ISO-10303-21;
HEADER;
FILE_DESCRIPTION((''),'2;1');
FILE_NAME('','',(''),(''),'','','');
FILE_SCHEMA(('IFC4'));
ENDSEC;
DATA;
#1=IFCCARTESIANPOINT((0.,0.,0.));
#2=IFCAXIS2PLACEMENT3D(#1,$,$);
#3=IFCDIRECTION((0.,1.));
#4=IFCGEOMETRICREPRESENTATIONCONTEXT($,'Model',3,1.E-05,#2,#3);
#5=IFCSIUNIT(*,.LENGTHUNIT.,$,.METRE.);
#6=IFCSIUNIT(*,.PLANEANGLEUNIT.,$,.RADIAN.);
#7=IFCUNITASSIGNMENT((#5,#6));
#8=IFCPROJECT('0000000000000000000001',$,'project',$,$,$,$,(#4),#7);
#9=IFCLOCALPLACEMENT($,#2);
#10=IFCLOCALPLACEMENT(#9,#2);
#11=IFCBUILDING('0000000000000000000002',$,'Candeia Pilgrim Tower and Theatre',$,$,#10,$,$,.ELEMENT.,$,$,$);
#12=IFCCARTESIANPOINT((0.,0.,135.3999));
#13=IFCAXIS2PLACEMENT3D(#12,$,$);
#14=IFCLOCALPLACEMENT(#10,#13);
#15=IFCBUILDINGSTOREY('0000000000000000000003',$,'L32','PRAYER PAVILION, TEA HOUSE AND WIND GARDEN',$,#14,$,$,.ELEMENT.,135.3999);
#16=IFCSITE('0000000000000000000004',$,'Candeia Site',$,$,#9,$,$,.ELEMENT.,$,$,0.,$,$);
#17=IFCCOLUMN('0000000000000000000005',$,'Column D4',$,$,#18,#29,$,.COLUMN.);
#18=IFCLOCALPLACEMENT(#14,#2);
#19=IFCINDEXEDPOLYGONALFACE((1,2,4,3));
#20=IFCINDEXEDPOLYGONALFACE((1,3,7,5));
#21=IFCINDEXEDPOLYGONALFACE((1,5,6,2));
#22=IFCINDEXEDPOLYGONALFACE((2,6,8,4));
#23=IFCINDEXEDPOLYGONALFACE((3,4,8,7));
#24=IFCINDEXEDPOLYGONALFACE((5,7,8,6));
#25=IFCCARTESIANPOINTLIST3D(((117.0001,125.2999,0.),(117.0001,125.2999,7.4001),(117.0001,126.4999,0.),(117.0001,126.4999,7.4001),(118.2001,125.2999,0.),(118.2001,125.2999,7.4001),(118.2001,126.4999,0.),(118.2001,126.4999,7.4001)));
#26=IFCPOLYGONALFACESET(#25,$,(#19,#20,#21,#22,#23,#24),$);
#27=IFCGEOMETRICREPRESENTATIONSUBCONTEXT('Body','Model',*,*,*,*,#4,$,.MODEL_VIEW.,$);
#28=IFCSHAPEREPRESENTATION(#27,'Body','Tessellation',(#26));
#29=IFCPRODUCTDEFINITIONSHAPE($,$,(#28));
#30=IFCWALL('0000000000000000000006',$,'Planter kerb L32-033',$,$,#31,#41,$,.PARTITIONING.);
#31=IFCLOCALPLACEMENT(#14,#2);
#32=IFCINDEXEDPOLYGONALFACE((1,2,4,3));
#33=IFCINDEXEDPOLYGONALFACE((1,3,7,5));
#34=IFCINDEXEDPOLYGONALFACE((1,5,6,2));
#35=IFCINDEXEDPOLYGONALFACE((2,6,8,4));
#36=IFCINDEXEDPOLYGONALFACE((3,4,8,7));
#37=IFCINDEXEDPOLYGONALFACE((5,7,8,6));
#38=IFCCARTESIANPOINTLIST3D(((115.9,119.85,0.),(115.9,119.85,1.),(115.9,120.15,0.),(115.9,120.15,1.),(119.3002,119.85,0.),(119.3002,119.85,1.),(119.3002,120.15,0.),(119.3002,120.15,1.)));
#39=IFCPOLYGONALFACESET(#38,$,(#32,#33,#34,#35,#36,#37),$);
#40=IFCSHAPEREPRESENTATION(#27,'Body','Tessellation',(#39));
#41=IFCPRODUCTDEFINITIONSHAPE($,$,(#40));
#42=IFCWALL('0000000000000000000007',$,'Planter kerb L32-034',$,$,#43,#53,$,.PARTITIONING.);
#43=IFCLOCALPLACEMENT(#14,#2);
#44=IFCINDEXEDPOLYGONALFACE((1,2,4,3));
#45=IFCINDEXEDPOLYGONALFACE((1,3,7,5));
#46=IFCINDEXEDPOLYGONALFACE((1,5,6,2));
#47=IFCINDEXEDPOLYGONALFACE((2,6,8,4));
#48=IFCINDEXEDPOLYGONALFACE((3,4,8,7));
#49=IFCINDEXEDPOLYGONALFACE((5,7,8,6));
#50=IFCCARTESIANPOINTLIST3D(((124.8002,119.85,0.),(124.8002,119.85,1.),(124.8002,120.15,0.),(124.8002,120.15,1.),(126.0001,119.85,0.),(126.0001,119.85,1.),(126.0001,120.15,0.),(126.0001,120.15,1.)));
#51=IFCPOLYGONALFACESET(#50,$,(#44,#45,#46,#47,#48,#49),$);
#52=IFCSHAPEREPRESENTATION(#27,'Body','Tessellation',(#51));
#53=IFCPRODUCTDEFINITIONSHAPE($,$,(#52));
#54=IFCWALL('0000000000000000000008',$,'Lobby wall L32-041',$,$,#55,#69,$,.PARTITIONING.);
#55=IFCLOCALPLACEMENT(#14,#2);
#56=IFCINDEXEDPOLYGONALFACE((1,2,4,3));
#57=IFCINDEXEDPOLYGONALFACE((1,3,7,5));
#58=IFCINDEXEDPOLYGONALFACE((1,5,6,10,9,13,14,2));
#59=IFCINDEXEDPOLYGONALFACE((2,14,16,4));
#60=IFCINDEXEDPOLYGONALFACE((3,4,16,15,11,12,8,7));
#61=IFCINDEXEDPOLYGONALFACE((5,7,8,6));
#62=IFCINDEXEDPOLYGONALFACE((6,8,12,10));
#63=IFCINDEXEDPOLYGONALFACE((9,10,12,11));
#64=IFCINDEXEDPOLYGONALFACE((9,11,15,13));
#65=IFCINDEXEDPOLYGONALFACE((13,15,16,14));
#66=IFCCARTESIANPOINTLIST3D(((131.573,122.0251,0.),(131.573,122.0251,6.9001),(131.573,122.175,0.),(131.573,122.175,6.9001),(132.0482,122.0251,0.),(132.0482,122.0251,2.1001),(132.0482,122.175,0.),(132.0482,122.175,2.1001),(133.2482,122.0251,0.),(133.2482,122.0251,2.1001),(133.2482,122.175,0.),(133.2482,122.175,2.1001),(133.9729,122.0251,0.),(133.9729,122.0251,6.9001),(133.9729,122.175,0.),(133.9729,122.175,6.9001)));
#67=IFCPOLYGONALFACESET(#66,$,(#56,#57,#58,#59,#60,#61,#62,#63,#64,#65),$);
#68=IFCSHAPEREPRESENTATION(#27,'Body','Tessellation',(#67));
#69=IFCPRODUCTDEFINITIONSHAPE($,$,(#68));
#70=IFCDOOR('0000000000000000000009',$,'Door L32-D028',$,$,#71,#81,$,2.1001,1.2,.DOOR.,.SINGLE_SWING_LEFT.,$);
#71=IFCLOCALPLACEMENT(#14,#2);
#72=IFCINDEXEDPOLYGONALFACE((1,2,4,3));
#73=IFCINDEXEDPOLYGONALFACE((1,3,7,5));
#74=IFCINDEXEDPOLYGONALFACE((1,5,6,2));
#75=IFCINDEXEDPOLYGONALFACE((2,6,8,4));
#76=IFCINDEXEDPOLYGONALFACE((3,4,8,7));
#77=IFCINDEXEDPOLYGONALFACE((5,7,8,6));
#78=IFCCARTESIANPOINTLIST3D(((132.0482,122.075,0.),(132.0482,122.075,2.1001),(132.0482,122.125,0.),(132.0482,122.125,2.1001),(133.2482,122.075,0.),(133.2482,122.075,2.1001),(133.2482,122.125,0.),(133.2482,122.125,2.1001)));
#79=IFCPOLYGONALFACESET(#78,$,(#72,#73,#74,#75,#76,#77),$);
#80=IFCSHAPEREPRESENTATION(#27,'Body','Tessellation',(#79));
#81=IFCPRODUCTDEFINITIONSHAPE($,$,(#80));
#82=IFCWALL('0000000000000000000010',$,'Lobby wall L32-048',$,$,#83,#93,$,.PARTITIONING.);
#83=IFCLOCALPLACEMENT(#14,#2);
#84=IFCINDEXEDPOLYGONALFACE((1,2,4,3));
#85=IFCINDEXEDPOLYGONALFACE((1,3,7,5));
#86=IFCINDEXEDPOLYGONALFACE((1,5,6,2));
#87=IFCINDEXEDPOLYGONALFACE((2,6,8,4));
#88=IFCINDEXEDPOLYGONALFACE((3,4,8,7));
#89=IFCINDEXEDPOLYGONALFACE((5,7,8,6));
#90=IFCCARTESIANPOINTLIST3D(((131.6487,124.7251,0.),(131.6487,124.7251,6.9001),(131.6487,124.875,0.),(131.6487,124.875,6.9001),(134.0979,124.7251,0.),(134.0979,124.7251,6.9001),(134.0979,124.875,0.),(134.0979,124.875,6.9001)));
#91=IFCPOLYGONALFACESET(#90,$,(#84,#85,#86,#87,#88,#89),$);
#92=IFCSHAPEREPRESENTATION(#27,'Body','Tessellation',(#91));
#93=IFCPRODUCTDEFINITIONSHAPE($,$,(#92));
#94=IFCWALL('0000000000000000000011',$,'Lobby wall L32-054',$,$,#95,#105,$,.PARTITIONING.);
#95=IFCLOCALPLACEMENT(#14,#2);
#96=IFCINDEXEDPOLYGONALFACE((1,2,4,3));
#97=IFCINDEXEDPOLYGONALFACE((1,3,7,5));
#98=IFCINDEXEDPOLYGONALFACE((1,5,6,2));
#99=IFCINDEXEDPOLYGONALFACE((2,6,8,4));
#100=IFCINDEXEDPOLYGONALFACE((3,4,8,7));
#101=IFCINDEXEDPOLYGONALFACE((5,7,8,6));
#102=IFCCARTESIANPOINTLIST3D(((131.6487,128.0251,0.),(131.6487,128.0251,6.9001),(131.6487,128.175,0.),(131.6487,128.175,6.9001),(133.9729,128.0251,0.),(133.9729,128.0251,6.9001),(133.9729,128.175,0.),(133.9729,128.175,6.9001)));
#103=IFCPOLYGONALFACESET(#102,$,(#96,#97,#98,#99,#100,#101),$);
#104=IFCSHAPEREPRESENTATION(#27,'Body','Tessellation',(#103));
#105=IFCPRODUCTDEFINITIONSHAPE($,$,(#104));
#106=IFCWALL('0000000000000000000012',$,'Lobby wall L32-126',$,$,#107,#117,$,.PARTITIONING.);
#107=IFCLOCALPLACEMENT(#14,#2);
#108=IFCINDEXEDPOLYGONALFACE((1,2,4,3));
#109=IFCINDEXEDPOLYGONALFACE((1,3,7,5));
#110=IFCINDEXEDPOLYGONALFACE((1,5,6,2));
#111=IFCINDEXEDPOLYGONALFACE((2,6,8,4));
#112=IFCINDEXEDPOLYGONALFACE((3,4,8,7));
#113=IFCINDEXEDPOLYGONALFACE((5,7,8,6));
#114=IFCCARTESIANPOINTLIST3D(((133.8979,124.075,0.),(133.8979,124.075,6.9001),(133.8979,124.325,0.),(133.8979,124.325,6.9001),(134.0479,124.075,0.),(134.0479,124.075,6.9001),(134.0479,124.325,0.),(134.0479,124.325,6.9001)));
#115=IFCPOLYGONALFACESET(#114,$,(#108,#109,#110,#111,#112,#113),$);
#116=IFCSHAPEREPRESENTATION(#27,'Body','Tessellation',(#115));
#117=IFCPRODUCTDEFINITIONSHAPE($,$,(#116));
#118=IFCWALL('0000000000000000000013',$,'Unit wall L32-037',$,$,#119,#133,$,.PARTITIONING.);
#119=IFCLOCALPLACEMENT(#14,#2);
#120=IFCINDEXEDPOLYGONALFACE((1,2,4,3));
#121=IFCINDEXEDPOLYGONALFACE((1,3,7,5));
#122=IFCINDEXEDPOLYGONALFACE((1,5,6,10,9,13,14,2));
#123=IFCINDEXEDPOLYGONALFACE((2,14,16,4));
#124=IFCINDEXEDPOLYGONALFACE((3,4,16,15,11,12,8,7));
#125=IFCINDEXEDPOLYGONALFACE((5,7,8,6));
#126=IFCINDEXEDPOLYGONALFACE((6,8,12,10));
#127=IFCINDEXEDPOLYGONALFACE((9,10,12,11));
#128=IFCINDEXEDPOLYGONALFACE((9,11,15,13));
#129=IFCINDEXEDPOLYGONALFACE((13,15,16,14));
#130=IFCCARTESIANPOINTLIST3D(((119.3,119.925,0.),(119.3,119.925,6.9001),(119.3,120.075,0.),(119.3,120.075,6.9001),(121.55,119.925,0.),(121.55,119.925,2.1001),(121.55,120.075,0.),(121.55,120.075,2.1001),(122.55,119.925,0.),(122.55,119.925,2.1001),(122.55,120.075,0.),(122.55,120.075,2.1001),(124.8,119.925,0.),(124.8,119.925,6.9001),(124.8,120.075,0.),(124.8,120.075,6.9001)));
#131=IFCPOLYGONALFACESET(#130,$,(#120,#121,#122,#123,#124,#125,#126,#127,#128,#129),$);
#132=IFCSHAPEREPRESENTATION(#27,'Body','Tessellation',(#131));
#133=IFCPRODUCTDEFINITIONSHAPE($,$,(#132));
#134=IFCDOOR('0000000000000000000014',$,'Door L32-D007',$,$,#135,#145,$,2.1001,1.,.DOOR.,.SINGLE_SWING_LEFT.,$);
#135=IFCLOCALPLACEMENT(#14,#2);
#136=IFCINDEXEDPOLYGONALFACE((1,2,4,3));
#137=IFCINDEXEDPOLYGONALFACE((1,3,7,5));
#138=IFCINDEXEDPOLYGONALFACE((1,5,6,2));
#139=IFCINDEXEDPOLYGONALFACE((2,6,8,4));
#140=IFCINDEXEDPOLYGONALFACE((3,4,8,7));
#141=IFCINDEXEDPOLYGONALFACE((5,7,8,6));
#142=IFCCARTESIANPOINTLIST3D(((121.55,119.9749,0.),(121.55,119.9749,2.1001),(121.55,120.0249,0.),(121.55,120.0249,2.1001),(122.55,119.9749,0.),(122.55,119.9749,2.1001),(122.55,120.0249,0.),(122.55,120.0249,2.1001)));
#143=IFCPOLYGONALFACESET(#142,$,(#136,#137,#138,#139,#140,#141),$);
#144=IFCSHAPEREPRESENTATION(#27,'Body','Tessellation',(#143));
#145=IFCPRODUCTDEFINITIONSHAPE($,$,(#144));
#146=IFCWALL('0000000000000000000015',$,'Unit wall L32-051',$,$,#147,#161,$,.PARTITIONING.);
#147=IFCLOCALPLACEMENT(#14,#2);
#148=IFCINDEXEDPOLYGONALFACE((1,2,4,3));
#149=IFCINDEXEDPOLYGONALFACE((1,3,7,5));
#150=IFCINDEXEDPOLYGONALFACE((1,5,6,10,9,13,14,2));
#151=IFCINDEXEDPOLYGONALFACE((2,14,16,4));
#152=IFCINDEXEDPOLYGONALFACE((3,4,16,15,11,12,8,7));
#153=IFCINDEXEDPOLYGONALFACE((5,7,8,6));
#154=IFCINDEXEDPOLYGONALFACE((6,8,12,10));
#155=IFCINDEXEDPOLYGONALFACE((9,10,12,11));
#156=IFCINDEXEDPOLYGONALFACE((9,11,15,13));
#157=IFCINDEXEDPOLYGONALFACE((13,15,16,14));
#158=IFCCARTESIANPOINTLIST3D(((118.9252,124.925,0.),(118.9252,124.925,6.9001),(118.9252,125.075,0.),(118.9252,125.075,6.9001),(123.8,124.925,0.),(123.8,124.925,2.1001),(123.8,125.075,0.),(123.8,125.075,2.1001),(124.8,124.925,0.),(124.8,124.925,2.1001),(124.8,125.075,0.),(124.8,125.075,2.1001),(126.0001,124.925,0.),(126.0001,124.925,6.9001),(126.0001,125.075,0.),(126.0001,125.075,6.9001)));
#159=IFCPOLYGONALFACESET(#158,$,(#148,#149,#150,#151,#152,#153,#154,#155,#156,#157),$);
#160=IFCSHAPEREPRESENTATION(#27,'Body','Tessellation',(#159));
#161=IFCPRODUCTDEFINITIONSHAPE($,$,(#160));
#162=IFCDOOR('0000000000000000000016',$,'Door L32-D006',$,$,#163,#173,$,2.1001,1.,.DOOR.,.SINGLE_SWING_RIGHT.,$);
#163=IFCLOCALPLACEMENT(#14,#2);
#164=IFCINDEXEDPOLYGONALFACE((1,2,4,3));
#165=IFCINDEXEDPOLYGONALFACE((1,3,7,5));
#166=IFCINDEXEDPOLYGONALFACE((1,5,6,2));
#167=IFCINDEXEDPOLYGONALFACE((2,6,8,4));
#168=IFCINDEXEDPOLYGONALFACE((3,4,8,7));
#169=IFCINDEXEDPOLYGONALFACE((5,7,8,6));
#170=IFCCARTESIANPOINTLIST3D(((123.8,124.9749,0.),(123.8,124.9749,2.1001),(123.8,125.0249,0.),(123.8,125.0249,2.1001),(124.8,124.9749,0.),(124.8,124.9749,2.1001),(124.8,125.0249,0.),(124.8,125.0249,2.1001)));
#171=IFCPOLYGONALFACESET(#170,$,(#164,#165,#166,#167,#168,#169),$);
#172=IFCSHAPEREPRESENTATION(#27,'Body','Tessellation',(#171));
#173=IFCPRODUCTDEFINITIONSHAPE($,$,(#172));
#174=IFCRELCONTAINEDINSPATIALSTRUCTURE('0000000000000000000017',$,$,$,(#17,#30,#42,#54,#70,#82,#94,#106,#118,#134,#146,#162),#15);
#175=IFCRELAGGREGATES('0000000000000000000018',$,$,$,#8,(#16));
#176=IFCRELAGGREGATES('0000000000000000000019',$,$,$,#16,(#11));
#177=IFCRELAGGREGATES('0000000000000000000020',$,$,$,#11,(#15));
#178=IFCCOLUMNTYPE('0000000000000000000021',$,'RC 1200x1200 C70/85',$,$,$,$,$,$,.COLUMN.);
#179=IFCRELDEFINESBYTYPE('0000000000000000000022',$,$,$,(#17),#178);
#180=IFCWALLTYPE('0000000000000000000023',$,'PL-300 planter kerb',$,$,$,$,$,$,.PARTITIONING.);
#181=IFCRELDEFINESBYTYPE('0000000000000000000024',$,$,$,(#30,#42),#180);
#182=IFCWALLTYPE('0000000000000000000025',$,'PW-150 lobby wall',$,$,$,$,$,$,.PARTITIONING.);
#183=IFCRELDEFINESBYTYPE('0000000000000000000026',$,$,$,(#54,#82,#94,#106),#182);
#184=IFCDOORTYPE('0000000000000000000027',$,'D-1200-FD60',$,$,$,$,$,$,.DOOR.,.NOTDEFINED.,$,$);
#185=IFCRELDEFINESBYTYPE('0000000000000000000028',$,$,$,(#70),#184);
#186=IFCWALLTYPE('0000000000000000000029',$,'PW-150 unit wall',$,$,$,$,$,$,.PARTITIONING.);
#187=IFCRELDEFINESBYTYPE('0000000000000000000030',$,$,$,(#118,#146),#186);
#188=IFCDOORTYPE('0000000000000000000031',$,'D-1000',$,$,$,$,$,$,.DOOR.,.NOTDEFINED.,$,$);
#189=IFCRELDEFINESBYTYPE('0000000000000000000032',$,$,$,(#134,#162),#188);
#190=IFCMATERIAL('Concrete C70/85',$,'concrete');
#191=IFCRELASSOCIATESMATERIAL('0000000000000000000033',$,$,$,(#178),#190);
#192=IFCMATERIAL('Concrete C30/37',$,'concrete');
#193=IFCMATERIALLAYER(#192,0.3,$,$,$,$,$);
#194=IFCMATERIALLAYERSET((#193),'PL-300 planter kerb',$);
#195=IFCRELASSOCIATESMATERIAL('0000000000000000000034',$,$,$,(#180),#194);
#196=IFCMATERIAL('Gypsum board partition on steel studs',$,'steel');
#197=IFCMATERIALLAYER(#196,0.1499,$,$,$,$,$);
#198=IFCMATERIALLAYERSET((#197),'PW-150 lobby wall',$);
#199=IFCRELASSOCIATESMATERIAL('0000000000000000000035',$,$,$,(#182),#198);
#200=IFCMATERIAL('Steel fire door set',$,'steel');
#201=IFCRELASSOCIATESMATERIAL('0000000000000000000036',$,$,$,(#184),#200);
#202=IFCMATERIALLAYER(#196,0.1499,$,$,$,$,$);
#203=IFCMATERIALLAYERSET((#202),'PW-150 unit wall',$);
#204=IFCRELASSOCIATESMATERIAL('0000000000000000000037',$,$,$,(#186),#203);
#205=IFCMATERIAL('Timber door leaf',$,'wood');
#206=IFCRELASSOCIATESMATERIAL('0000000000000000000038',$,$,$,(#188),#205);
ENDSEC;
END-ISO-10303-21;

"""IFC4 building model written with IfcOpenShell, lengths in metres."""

from ifc_helpers import new_model, si_unit, direction, frame, frame_2d, origin, origin_2d, place, context, subcontext, project, spatial, rectangle, extrude, material, layer, layer_set, material_profile, profile_set, type_object, element, fill, save


model = new_model("IFC4")

# Units and contexts
model_context = context("Model", 3, precision=1e-05, world=origin(), true_north=direction((0.0, 1.0)))
body_context = subcontext(model_context, "Body", "Model", "MODEL_VIEW")
ifc_project = project(units=[si_unit("LENGTHUNIT", "METRE"), si_unit("PLANEANGLEUNIT", "RADIAN")], contexts=[model_context])

# Site, building, storey
site_placement = place(None, origin())
site = spatial("IfcSite", under=ifc_project, at=site_placement, Name="Candeia Site", CompositionType="ELEMENT", RefElevation=0.0)
building_placement = place(site_placement, origin())
building = spatial("IfcBuilding", under=site, at=building_placement, Name="Candeia Pilgrim Tower and Theatre", CompositionType="ELEMENT")
storey_placement = place(building_placement, frame((0.0, 0.0, 135.3999)))
storey = spatial("IfcBuildingStorey", under=building, at=storey_placement, Name="L32", Description="PRAYER PAVILION, TEA HOUSE AND WIND GARDEN", CompositionType="ELEMENT", Elevation=135.3999)

# Column
ifc_material_1 = material(Name="Concrete C70/85", Category="concrete")
ifc_material_profile = material_profile(ifc_material_1, rectangle(XDim=1.2, YDim=1.2, at=origin_2d()))
ifc_profile_set = profile_set([ifc_material_profile], Name="Concrete C70/85")
column_type = type_object("IfcColumnType", Name="RC 1200x1200 C70/85", PredefinedType="COLUMN", material=ifc_profile_set)
column_placement = place(storey_placement, frame((117.6001, 125.8999, 0.0), z_axis=(0.0, 0.0, 1.0), x_axis=(1.0, 0.0, 0.0)))
element("IfcColumn", 1, at=column_placement, inside=storey, type_object=column_type, Name="Column D4", PredefinedType="COLUMN", context=body_context, shape_type="SweptSolid", body=[
    extrude(rectangle(XDim=1.2, YDim=1.2, at=origin_2d()), origin(), (0.0, 0.0, 1.0), 7.4001),
])

# Walls
ifc_material_2 = material(Name="Concrete C30/37", Category="concrete")
ifc_layer_1 = layer(ifc_material_2, 0.3)
ifc_layer_set_1 = layer_set([ifc_layer_1], Name="PL-300 planter kerb")
wall_type_1 = type_object("IfcWallType", Name="PL-300 planter kerb", PredefinedType="PARTITIONING", material=ifc_layer_set_1)
wall_1_placement = place(storey_placement, frame((115.8999, 120.0, 0.0), z_axis=(0.0, 0.0, 1.0), x_axis=(1.0, 0.0, 0.0)))
element("IfcWall", 2, at=wall_1_placement, inside=storey, type_object=wall_type_1, Name="Planter kerb L32-033", PredefinedType="PARTITIONING", context=body_context, shape_type="SweptSolid", body=[
    extrude(rectangle(XDim=3.4001, YDim=0.3, at=frame_2d((1.7002, 0.0))), origin(), (0.0, 0.0, 1.0), 1.0),
])
wall_2_placement = place(storey_placement, frame((124.8, 120.0, 0.0), z_axis=(0.0, 0.0, 1.0), x_axis=(1.0, 0.0, 0.0)))
element("IfcWall", 3, at=wall_2_placement, inside=storey, type_object=wall_type_1, Name="Planter kerb L32-034", PredefinedType="PARTITIONING", context=body_context, shape_type="SweptSolid", body=[
    extrude(rectangle(XDim=1.2, YDim=0.3, at=frame_2d((0.6001, 0.0))), origin(), (0.0, 0.0, 1.0), 1.0),
])

# Wall, opening, door
ifc_material_3 = material(Name="Gypsum board partition on steel studs", Category="steel")
ifc_layer_2 = layer(ifc_material_3, 0.1499)
ifc_layer_set_2 = layer_set([ifc_layer_2], Name="PW-150 lobby wall")
wall_type_2 = type_object("IfcWallType", Name="PW-150 lobby wall", PredefinedType="PARTITIONING", material=ifc_layer_set_2)
wall_3_placement = place(storey_placement, frame((131.573, 122.1001, 0.0), z_axis=(0.0, 0.0, 1.0), x_axis=(1.0, 0.0, 0.0)))
wall_3 = element("IfcWall", 4, at=wall_3_placement, inside=storey, type_object=wall_type_2, Name="Lobby wall L32-041", PredefinedType="PARTITIONING", context=body_context, shape_type="SweptSolid", body=[
    extrude(rectangle(XDim=2.3999, YDim=0.1499, at=frame_2d((1.2, 0.0))), origin(), (0.0, 0.0, 1.0), 6.9001),
])
opening_1_placement = place(wall_3_placement, frame((0.4751, 0.0, 0.0)))
opening_1 = element("IfcOpeningElement", 5, at=opening_1_placement, cuts=wall_3, PredefinedType="OPENING", context=body_context, shape_type="SweptSolid", body=[
    extrude(rectangle(XDim=1.2, YDim=2.1001, at=frame_2d((0.6001, 1.05))), frame((0.0, 0.085, 0.0), z_axis=(0.0, -1.0, 0.0), x_axis=(1.0, 0.0, 0.0)), (0.0, 0.0, 1.0), 0.1699),
])
ifc_material_4 = material(Name="Steel fire door set", Category="steel")
door_type_1 = type_object("IfcDoorType", Name="D-1200-FD60", OperationType="NOTDEFINED", PredefinedType="DOOR", material=ifc_material_4)
door_1_placement = place(opening_1_placement, origin())
door_1 = element("IfcDoor", 6, at=door_1_placement, inside=storey, type_object=door_type_1, Name="Door L32-D028", OperationType="SINGLE_SWING_LEFT", OverallHeight=2.1001, OverallWidth=1.2, PredefinedType="DOOR", context=body_context, shape_type="SweptSolid", body=[
    extrude(rectangle(XDim=1.2, YDim=2.1001, at=frame_2d((0.6001, 1.05))), frame((0.0, 0.0249, 0.0), z_axis=(0.0, -1.0, 0.0), x_axis=(1.0, 0.0, 0.0)), (0.0, 0.0, 1.0), 0.05),
])
fill(opening_1, door_1)

# Walls
wall_4_placement = place(storey_placement, frame((131.6487, 124.8, 0.0), z_axis=(0.0, 0.0, 1.0), x_axis=(1.0, 0.0, 0.0)))
element("IfcWall", 7, at=wall_4_placement, inside=storey, type_object=wall_type_2, Name="Lobby wall L32-048", PredefinedType="PARTITIONING", context=body_context, shape_type="SweptSolid", body=[
    extrude(rectangle(XDim=2.4492, YDim=0.1499, at=frame_2d((1.2246, 0.0))), origin(), (0.0, 0.0, 1.0), 6.9001),
])
wall_5_placement = place(storey_placement, frame((131.6487, 128.1001, 0.0), z_axis=(0.0, 0.0, 1.0), x_axis=(1.0, 0.0, 0.0)))
element("IfcWall", 8, at=wall_5_placement, inside=storey, type_object=wall_type_2, Name="Lobby wall L32-054", PredefinedType="PARTITIONING", context=body_context, shape_type="SweptSolid", body=[
    extrude(rectangle(XDim=2.3242, YDim=0.1499, at=frame_2d((1.1621, 0.0))), origin(), (0.0, 0.0, 1.0), 6.9001),
])
wall_6_placement = place(storey_placement, frame((133.9729, 124.075, 0.0), z_axis=(0.0, 0.0, 1.0), x_axis=(0.0, 1.0, 0.0)))
element("IfcWall", 9, at=wall_6_placement, inside=storey, type_object=wall_type_2, Name="Lobby wall L32-126", PredefinedType="PARTITIONING", context=body_context, shape_type="SweptSolid", body=[
    extrude(rectangle(XDim=0.25, YDim=0.1499, at=frame_2d((0.125, 0.0))), origin(), (0.0, 0.0, 1.0), 6.9001),
])

# Walls, openings, doors
ifc_layer_3 = layer(ifc_material_3, 0.1499)
ifc_layer_set_3 = layer_set([ifc_layer_3], Name="PW-150 unit wall")
wall_type_3 = type_object("IfcWallType", Name="PW-150 unit wall", PredefinedType="PARTITIONING", material=ifc_layer_set_3)
wall_7_placement = place(storey_placement, frame((119.3, 120.0, 0.0), z_axis=(0.0, 0.0, 1.0), x_axis=(1.0, 0.0, 0.0)))
wall_7 = element("IfcWall", 10, at=wall_7_placement, inside=storey, type_object=wall_type_3, Name="Unit wall L32-037", PredefinedType="PARTITIONING", context=body_context, shape_type="SweptSolid", body=[
    extrude(rectangle(XDim=5.5, YDim=0.1499, at=frame_2d((2.75, 0.0))), origin(), (0.0, 0.0, 1.0), 6.9001),
])
opening_2_placement = place(wall_7_placement, frame((2.25, 0.0, 0.0)))
opening_2 = element("IfcOpeningElement", 11, at=opening_2_placement, cuts=wall_7, PredefinedType="OPENING", context=body_context, shape_type="SweptSolid", body=[
    extrude(rectangle(XDim=1.0, YDim=2.1001, at=frame_2d((0.5, 1.05))), frame((0.0, 0.085, 0.0), z_axis=(0.0, -1.0, 0.0), x_axis=(1.0, 0.0, 0.0)), (0.0, 0.0, 1.0), 0.1699),
])
ifc_material_5 = material(Name="Timber door leaf", Category="wood")
door_type_2 = type_object("IfcDoorType", Name="D-1000", OperationType="NOTDEFINED", PredefinedType="DOOR", material=ifc_material_5)
door_2_placement = place(opening_2_placement, origin())
door_2 = element("IfcDoor", 12, at=door_2_placement, inside=storey, type_object=door_type_2, Name="Door L32-D007", OperationType="SINGLE_SWING_LEFT", OverallHeight=2.1001, OverallWidth=1.0, PredefinedType="DOOR", context=body_context, shape_type="SweptSolid", body=[
    extrude(rectangle(XDim=1.0, YDim=2.1001, at=frame_2d((0.5, 1.05))), frame((0.0, 0.0249, 0.0), z_axis=(0.0, -1.0, 0.0), x_axis=(1.0, 0.0, 0.0)), (0.0, 0.0, 1.0), 0.05),
])
fill(opening_2, door_2)
wall_8_placement = place(storey_placement, frame((118.925, 125.0, 0.0), z_axis=(0.0, 0.0, 1.0), x_axis=(1.0, 0.0, 0.0)))
wall_8 = element("IfcWall", 13, at=wall_8_placement, inside=storey, type_object=wall_type_3, Name="Unit wall L32-051", PredefinedType="PARTITIONING", context=body_context, shape_type="SweptSolid", body=[
    extrude(rectangle(XDim=7.075, YDim=0.1499, at=frame_2d((3.5376, 0.0))), origin(), (0.0, 0.0, 1.0), 6.9001),
])
opening_3_placement = place(wall_8_placement, frame((4.875, 0.0, 0.0)))
opening_3 = element("IfcOpeningElement", 14, at=opening_3_placement, cuts=wall_8, PredefinedType="OPENING", context=body_context, shape_type="SweptSolid", body=[
    extrude(rectangle(XDim=1.0, YDim=2.1001, at=frame_2d((0.5, 1.05))), frame((0.0, 0.085, 0.0), z_axis=(0.0, -1.0, 0.0), x_axis=(1.0, 0.0, 0.0)), (0.0, 0.0, 1.0), 0.1699),
])
door_3_placement = place(opening_3_placement, origin())
door_3 = element("IfcDoor", 15, at=door_3_placement, inside=storey, type_object=door_type_2, Name="Door L32-D006", OperationType="SINGLE_SWING_RIGHT", OverallHeight=2.1001, OverallWidth=1.0, PredefinedType="DOOR", context=body_context, shape_type="SweptSolid", body=[
    extrude(rectangle(XDim=1.0, YDim=2.1001, at=frame_2d((0.5, 1.05))), frame((0.0, 0.0249, 0.0), z_axis=(0.0, -1.0, 0.0), x_axis=(1.0, 0.0, 0.0)), (0.0, 0.0, 1.0), 0.05),
])
fill(opening_3, door_3)

save(model, "model.ifc")
